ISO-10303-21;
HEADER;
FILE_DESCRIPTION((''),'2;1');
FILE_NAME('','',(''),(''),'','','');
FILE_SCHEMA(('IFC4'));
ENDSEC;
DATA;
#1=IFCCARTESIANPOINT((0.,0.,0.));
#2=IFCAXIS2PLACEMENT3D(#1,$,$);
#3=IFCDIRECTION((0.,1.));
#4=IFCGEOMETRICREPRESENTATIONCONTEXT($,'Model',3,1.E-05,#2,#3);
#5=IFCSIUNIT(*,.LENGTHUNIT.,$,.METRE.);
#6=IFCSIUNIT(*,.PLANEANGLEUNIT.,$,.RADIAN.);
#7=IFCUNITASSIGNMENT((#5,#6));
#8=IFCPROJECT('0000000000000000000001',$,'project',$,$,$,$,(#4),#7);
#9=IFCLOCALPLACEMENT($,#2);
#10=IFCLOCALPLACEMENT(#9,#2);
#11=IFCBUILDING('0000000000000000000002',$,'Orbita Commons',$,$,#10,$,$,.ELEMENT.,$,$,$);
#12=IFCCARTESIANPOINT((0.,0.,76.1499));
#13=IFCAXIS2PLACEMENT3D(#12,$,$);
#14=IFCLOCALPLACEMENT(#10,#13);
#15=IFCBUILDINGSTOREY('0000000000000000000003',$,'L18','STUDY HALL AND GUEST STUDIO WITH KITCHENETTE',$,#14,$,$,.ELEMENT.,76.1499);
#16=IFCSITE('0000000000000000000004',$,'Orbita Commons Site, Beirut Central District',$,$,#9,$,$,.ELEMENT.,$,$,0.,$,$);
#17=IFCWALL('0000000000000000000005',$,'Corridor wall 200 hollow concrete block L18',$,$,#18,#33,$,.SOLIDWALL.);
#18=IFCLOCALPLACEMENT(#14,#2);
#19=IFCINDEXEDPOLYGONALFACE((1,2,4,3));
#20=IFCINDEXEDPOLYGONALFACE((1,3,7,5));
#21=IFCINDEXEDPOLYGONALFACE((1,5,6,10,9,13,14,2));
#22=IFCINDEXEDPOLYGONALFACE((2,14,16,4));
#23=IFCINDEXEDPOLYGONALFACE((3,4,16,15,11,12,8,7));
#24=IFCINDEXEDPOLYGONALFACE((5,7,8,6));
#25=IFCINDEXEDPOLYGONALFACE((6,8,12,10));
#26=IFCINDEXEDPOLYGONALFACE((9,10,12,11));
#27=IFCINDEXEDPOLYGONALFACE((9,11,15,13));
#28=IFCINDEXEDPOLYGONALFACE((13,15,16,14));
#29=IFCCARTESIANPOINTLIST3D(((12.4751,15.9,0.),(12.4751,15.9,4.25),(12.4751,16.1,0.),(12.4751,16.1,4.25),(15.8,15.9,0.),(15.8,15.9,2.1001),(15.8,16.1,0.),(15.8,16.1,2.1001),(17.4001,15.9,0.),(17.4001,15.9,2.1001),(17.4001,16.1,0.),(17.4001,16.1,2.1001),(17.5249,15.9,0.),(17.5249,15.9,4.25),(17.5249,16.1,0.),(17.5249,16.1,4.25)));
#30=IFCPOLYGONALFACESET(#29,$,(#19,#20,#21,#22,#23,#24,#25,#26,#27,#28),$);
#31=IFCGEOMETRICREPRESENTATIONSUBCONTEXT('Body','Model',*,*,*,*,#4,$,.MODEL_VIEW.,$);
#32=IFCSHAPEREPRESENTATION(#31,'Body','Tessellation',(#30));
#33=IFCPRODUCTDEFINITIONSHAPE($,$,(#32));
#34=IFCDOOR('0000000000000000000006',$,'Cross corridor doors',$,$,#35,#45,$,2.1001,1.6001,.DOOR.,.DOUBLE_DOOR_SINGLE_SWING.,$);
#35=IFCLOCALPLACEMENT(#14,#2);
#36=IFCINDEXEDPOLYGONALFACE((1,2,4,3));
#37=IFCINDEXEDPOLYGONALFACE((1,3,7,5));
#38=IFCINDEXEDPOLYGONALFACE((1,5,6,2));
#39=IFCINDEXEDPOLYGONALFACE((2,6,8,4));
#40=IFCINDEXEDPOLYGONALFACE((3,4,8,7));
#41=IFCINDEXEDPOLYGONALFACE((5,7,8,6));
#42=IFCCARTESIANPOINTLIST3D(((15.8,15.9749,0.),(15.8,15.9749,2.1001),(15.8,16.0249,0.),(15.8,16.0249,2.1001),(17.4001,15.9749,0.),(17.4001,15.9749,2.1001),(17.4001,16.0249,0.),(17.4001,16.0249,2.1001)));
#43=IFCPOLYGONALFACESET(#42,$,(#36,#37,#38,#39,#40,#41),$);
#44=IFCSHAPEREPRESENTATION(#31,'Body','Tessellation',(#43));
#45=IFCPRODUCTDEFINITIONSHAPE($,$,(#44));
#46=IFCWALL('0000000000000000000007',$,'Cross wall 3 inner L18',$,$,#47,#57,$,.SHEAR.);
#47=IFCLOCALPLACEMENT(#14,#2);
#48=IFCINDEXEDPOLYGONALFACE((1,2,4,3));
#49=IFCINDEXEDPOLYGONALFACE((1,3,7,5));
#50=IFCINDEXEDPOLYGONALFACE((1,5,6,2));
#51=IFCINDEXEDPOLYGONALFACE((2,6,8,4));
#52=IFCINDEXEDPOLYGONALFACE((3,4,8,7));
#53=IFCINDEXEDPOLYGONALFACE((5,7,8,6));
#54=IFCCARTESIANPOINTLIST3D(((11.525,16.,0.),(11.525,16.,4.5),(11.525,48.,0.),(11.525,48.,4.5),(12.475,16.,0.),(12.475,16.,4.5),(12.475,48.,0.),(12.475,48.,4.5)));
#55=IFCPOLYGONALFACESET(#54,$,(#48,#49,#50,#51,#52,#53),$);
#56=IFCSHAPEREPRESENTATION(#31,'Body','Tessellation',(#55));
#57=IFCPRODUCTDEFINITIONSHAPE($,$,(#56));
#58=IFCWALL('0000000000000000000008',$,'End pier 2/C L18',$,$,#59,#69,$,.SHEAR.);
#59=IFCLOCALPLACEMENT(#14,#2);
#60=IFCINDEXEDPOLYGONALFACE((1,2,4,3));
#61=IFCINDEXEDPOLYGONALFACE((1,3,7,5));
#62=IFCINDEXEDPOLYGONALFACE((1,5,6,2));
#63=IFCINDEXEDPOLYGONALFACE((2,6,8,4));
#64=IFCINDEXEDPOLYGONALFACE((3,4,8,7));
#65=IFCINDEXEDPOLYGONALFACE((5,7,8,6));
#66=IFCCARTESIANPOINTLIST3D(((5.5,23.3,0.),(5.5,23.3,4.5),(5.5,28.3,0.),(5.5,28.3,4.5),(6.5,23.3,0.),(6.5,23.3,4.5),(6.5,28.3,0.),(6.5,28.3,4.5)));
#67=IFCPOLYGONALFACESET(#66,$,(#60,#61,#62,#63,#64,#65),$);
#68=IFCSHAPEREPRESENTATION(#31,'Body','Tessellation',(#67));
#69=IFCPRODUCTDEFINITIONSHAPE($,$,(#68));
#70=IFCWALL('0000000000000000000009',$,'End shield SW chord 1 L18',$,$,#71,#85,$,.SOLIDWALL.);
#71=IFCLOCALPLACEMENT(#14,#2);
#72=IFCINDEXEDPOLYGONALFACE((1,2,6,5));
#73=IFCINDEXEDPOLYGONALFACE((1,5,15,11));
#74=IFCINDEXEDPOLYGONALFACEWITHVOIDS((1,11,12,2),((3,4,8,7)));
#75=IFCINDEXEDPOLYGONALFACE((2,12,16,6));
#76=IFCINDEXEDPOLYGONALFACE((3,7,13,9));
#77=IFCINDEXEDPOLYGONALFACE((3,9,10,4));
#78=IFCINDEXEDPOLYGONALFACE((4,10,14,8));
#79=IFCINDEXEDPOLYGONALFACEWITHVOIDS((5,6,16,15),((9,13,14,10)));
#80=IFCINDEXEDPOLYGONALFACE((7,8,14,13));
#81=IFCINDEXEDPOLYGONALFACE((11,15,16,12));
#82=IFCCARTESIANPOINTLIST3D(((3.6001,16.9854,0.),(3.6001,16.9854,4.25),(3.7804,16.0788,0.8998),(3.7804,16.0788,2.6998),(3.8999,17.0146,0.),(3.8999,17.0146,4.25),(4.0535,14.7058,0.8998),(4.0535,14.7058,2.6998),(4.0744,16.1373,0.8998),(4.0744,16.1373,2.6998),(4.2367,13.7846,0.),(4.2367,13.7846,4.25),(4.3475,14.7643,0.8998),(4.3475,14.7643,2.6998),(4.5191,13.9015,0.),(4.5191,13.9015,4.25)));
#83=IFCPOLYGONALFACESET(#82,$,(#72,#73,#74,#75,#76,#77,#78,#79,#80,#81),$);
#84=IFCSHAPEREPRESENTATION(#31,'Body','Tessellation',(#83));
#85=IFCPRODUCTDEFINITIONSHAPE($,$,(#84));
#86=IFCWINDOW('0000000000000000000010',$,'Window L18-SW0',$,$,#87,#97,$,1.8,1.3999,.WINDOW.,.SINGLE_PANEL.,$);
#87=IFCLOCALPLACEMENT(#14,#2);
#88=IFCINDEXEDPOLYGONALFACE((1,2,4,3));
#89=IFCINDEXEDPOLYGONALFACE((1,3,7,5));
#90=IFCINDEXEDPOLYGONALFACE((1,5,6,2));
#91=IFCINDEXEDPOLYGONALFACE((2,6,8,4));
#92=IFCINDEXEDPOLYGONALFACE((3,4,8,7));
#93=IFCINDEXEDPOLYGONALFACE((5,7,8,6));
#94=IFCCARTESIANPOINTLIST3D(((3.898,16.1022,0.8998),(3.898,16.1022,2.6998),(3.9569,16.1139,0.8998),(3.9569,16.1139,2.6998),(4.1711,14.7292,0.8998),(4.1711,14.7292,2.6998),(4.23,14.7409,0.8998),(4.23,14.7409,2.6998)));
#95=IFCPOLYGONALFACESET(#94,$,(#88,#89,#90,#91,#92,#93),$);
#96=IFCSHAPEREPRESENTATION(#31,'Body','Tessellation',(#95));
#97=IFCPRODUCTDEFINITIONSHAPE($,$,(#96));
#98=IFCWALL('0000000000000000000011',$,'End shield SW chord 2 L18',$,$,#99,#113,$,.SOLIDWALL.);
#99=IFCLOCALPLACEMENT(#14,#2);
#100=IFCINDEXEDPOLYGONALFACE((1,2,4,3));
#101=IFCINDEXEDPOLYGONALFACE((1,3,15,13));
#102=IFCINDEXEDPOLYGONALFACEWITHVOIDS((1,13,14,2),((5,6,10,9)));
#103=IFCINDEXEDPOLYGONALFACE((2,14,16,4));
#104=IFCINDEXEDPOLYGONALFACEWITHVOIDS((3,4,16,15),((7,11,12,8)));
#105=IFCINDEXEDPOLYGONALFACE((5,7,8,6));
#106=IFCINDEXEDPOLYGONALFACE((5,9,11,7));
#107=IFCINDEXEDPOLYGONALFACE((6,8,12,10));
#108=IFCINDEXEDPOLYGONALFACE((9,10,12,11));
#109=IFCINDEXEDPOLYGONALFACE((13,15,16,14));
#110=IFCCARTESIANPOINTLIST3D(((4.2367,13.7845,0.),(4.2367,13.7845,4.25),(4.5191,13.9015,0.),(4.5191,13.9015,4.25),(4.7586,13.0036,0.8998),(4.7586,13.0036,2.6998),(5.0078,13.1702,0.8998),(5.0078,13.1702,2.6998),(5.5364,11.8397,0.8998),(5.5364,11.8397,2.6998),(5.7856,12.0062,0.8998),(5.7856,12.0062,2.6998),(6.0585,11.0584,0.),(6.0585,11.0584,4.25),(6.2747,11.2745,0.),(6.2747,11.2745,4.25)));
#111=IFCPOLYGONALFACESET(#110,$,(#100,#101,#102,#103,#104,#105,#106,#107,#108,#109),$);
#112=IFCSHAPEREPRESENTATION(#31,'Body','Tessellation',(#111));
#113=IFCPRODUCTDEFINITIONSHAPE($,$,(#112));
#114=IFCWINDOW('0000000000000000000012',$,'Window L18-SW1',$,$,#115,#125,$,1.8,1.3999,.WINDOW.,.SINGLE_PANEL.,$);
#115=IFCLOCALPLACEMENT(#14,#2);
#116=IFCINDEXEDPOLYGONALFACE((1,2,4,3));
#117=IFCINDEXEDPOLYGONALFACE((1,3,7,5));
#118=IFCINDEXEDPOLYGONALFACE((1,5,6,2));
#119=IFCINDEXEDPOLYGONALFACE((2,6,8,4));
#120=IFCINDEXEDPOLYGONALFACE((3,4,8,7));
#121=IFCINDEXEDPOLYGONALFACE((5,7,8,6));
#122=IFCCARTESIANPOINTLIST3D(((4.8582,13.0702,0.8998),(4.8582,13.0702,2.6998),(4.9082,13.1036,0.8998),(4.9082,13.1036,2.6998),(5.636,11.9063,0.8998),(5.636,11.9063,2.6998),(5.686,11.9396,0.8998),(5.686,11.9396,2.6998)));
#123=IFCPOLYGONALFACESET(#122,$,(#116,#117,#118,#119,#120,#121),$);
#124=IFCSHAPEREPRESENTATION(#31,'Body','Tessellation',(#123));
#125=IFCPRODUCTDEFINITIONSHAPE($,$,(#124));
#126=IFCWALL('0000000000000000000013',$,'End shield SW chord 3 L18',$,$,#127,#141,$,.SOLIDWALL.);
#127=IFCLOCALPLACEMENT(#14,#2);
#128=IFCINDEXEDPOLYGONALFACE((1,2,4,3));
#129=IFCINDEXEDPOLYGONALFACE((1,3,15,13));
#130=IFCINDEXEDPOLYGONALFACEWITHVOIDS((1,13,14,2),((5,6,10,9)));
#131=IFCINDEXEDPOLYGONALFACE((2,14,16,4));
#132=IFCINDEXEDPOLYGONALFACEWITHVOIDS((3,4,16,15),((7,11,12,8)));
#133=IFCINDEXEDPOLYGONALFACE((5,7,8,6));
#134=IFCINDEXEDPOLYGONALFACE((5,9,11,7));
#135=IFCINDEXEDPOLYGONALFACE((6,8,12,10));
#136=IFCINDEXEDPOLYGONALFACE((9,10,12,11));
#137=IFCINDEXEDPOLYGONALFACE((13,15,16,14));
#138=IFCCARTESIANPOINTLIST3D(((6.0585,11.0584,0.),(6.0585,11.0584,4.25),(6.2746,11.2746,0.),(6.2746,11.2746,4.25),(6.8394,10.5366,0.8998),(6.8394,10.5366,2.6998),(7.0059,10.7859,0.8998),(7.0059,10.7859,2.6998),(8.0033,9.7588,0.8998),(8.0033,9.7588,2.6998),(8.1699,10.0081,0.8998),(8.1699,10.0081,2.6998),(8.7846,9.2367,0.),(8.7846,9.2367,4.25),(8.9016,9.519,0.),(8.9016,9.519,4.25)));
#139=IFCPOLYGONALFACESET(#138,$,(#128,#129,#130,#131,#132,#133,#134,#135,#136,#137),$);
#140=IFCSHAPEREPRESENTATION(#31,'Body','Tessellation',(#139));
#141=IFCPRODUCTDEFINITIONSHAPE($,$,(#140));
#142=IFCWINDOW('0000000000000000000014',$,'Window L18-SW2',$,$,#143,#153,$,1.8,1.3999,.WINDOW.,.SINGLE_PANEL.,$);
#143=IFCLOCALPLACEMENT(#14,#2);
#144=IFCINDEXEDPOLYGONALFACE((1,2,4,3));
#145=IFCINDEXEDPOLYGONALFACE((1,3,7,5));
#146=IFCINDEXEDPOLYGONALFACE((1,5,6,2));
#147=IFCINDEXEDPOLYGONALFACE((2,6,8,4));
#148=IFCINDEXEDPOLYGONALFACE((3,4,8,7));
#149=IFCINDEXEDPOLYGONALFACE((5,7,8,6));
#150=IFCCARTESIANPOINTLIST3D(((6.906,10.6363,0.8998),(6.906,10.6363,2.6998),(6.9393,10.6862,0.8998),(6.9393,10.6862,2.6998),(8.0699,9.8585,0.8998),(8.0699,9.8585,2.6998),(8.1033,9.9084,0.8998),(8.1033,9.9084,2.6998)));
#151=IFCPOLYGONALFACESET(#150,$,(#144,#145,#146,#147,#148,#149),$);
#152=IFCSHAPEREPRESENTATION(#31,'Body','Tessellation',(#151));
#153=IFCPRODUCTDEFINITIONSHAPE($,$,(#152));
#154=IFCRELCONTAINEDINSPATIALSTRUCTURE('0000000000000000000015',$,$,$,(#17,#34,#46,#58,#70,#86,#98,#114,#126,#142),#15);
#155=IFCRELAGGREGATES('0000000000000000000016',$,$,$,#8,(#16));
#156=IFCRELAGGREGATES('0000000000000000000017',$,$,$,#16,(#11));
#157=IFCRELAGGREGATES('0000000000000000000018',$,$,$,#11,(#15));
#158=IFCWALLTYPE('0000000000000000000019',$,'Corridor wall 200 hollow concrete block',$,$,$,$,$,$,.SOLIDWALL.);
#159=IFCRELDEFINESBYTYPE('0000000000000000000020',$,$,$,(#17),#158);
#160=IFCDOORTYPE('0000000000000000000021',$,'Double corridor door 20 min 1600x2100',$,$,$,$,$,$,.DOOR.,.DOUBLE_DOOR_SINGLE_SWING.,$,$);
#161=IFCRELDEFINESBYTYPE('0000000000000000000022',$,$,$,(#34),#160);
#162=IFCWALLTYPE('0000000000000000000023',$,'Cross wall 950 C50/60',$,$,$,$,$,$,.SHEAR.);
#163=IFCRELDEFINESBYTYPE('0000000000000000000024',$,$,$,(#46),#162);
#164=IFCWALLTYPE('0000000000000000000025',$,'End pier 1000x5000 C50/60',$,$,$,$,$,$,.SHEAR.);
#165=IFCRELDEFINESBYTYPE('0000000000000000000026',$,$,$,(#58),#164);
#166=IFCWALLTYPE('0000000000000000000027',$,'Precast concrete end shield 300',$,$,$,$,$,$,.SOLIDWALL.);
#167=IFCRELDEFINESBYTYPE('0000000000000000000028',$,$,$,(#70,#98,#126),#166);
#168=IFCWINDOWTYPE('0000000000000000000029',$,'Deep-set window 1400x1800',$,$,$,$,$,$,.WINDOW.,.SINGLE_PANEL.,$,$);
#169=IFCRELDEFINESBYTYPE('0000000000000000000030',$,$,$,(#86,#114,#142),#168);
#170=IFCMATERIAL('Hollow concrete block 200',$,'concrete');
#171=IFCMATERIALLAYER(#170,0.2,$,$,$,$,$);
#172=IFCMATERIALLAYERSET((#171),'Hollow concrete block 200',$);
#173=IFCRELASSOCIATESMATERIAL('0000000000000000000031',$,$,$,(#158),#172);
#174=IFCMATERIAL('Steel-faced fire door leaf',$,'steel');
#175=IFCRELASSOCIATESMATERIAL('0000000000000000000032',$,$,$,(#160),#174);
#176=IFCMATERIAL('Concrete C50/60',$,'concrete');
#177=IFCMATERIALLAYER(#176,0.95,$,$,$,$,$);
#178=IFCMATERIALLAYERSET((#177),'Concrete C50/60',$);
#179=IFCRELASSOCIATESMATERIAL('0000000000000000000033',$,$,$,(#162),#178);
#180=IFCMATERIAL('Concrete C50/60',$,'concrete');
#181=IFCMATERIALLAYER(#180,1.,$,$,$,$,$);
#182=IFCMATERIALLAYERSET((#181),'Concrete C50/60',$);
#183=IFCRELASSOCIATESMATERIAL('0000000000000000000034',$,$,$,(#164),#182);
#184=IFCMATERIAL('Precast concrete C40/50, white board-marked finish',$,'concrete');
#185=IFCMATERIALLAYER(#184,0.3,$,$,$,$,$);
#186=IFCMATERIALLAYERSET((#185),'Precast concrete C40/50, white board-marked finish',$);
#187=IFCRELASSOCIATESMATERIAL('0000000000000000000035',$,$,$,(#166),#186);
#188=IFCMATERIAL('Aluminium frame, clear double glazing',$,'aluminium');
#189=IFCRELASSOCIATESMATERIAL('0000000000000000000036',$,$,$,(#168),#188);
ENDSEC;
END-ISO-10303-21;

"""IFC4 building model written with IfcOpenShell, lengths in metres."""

from ifc_helpers import new_model, si_unit, direction, frame, frame_2d, origin, place, context, subcontext, project, spatial, polyline, rectangle, outline, extrude, material, layer, layer_set, type_object, element, fill, save


model = new_model("IFC4")

# Units and contexts
model_context = context("Model", 3, precision=1e-05, world=origin(), true_north=direction((0.0, 1.0)))
body_context = subcontext(model_context, "Body", "Model", "MODEL_VIEW")
ifc_project = project(units=[si_unit("LENGTHUNIT", "METRE"), si_unit("PLANEANGLEUNIT", "RADIAN")], contexts=[model_context])

# Site, building, storey
site_placement = place(None, origin())
site = spatial("IfcSite", under=ifc_project, at=site_placement, Name="Orbita Commons Site, Beirut Central District", CompositionType="ELEMENT", RefElevation=0.0)
building_placement = place(site_placement, origin())
building = spatial("IfcBuilding", under=site, at=building_placement, Name="Orbita Commons", CompositionType="ELEMENT")
storey_placement = place(building_placement, frame((0.0, 0.0, 76.1499)))
storey = spatial("IfcBuildingStorey", under=building, at=storey_placement, Name="L18", Description="STUDY HALL AND GUEST STUDIO WITH KITCHENETTE", CompositionType="ELEMENT", Elevation=76.1499)

# Wall, opening, door
ifc_material_1 = material(Name="Hollow concrete block 200", Category="concrete")
ifc_layer_1 = layer(ifc_material_1, 0.2)
ifc_layer_set_1 = layer_set([ifc_layer_1], Name="Hollow concrete block 200")
wall_type_1 = type_object("IfcWallType", Name="Corridor wall 200 hollow concrete block", PredefinedType="SOLIDWALL", material=ifc_layer_set_1)
wall_1_placement = place(storey_placement, frame((12.4751, 16.0, 0.0), z_axis=(0.0, 0.0, 1.0), x_axis=(1.0, 0.0, 0.0)))
wall_1 = element("IfcWall", 1, at=wall_1_placement, inside=storey, type_object=wall_type_1, Name="Corridor wall 200 hollow concrete block L18", PredefinedType="SOLIDWALL", context=body_context, shape_type="SweptSolid", body=[
    extrude(rectangle(XDim=5.0498, YDim=0.2, at=frame_2d((2.5249, 0.0))), origin(), (0.0, 0.0, 1.0), 4.25),
])
opening_1_placement = place(wall_1_placement, frame((3.325, 0.0, 0.0)))
opening_1 = element("IfcOpeningElement", 2, at=opening_1_placement, cuts=wall_1, PredefinedType="OPENING", context=body_context, shape_type="SweptSolid", body=[
    extrude(rectangle(XDim=1.6001, YDim=2.1001, at=frame_2d((0.8, 1.05))), frame((0.0, 0.1099, 0.0), z_axis=(0.0, -1.0, 0.0), x_axis=(1.0, 0.0, 0.0)), (0.0, 0.0, 1.0), 0.22),
])
ifc_material_2 = material(Name="Steel-faced fire door leaf", Category="steel")
door_type_1 = type_object("IfcDoorType", Name="Double corridor door 20 min 1600x2100", OperationType="DOUBLE_DOOR_SINGLE_SWING", PredefinedType="DOOR", material=ifc_material_2)
door_1_placement = place(opening_1_placement, origin())
door_1 = element("IfcDoor", 3, at=door_1_placement, inside=storey, type_object=door_type_1, Name="Cross corridor doors", OperationType="DOUBLE_DOOR_SINGLE_SWING", OverallHeight=2.1001, OverallWidth=1.6001, PredefinedType="DOOR", context=body_context, shape_type="SweptSolid", body=[
    extrude(rectangle(XDim=1.6001, YDim=2.1001, at=frame_2d((0.8, 1.05))), frame((0.0, 0.0249, 0.0), z_axis=(0.0, -1.0, 0.0), x_axis=(1.0, 0.0, 0.0)), (0.0, 0.0, 1.0), 0.05),
])
fill(opening_1, door_1)

# Walls
ifc_material_3 = material(Name="Concrete C50/60", Category="concrete")
ifc_layer_2 = layer(ifc_material_3, 0.95)
ifc_layer_set_2 = layer_set([ifc_layer_2], Name="Concrete C50/60")
wall_type_2 = type_object("IfcWallType", Name="Cross wall 950 C50/60", PredefinedType="SHEAR", material=ifc_layer_set_2)
wall_2_placement = place(storey_placement, frame((12.0, 16.0, 0.0), z_axis=(0.0, 0.0, 1.0), x_axis=(0.0, 1.0, 0.0)))
element("IfcWall", 4, at=wall_2_placement, inside=storey, type_object=wall_type_2, Name="Cross wall 3 inner L18", PredefinedType="SHEAR", context=body_context, shape_type="SweptSolid", body=[
    extrude(rectangle(XDim=32.0, YDim=0.95, at=frame_2d((16.0, 0.0))), origin(), (0.0, 0.0, 1.0), 4.5),
])
ifc_material_4 = material(Name="Concrete C50/60", Category="concrete")
ifc_layer_3 = layer(ifc_material_4, 1.0)
ifc_layer_set_3 = layer_set([ifc_layer_3], Name="Concrete C50/60")
wall_type_3 = type_object("IfcWallType", Name="End pier 1000x5000 C50/60", PredefinedType="SHEAR", material=ifc_layer_set_3)
wall_3_placement = place(storey_placement, frame((6.0, 23.3, 0.0), z_axis=(0.0, 0.0, 1.0), x_axis=(0.0, 1.0, 0.0)))
element("IfcWall", 5, at=wall_3_placement, inside=storey, type_object=wall_type_3, Name="End pier 2/C L18", PredefinedType="SHEAR", context=body_context, shape_type="SweptSolid", body=[
    extrude(rectangle(XDim=5.0, YDim=1.0, at=frame_2d((2.5, 0.0))), origin(), (0.0, 0.0, 1.0), 4.5),
])

# Walls, openings, windows
ifc_material_5 = material(Name="Precast concrete C40/50, white board-marked finish", Category="concrete")
ifc_layer_4 = layer(ifc_material_5, 0.3)
ifc_layer_set_4 = layer_set([ifc_layer_4], Name="Precast concrete C40/50, white board-marked finish")
wall_type_4 = type_object("IfcWallType", Name="Precast concrete end shield 300", PredefinedType="SOLIDWALL", material=ifc_layer_set_4)
wall_4_placement = place(storey_placement, frame((3.75, 17.0, 0.0), z_axis=(0.0, 0.0, 1.0), x_axis=(0.19508, -0.980787, 0.0)))
wall_4 = element("IfcWall", 6, at=wall_4_placement, inside=storey, type_object=wall_type_4, Name="End shield SW chord 1 L18", PredefinedType="SOLIDWALL", context=body_context, shape_type="SweptSolid", body=[
    extrude(outline(polyline([(-0.0149, -0.1499), (3.2485, -0.1499), (3.189, 0.1499), (0.0149, 0.1499), (-0.0149, -0.1499)])), origin(), (0.0, 0.0, 1.0), 4.25),
])
opening_2_placement = place(wall_4_placement, frame((0.9094, 0.0, 0.8999)))
opening_2 = element("IfcOpeningElement", 7, at=opening_2_placement, cuts=wall_4, PredefinedType="OPENING", context=body_context, shape_type="SweptSolid", body=[
    extrude(rectangle(XDim=1.3999, YDim=1.8, at=frame_2d((0.7, 0.8999))), frame((0.0, 0.1599, 0.0), z_axis=(0.0, -1.0, 0.0), x_axis=(1.0, 0.0, 0.0)), (0.0, 0.0, 1.0), 0.3201),
])
ifc_material_6 = material(Name="Aluminium frame, clear double glazing", Category="aluminium")
window_type = type_object("IfcWindowType", Name="Deep-set window 1400x1800", PartitioningType="SINGLE_PANEL", PredefinedType="WINDOW", material=ifc_material_6)
window_1_placement = place(opening_2_placement, origin())
window_1 = element("IfcWindow", 8, at=window_1_placement, inside=storey, type_object=window_type, Name="Window L18-SW0", OverallHeight=1.8, OverallWidth=1.3999, PartitioningType="SINGLE_PANEL", PredefinedType="WINDOW", context=body_context, shape_type="SweptSolid", body=[
    extrude(rectangle(XDim=1.3999, YDim=1.8, at=frame_2d((0.7, 0.8999))), frame((0.0, 0.03, 0.0), z_axis=(0.0, -1.0, 0.0), x_axis=(1.0, 0.0, 0.0)), (0.0, 0.0, 1.0), 0.0601),
])
fill(opening_2, window_1)
wall_5_placement = place(storey_placement, frame((4.3779, 13.843, 0.0), z_axis=(0.0, 0.0, 1.0), x_axis=(0.55561, -0.831443, 0.0)))
wall_5 = element("IfcWall", 9, at=wall_5_placement, inside=storey, type_object=wall_type_4, Name="End shield SW chord 2 L18", PredefinedType="SOLIDWALL", context=body_context, shape_type="SweptSolid", body=[
    extrude(outline(polyline([(-0.0298, -0.1499), (3.249, -0.1499), (3.1895, 0.1499), (0.0298, 0.1499), (-0.0298, -0.1499)])), origin(), (0.0, 0.0, 1.0), 4.25),
])
opening_3_placement = place(wall_5_placement, frame((0.9094, 0.0, 0.8999)))
opening_3 = element("IfcOpeningElement", 10, at=opening_3_placement, cuts=wall_5, PredefinedType="OPENING", context=body_context, shape_type="SweptSolid", body=[
    extrude(rectangle(XDim=1.3999, YDim=1.8, at=frame_2d((0.7, 0.8999))), frame((0.0, 0.1599, 0.0), z_axis=(0.0, -1.0, 0.0), x_axis=(1.0, 0.0, 0.0)), (0.0, 0.0, 1.0), 0.3201),
])
window_2_placement = place(opening_3_placement, origin())
window_2 = element("IfcWindow", 11, at=window_2_placement, inside=storey, type_object=window_type, Name="Window L18-SW1", OverallHeight=1.8, OverallWidth=1.3999, PartitioningType="SINGLE_PANEL", PredefinedType="WINDOW", context=body_context, shape_type="SweptSolid", body=[
    extrude(rectangle(XDim=1.3999, YDim=1.8, at=frame_2d((0.7, 0.8999))), frame((0.0, 0.03, 0.0), z_axis=(0.0, -1.0, 0.0), x_axis=(1.0, 0.0, 0.0)), (0.0, 0.0, 1.0), 0.0601),
])
fill(opening_3, window_2)
wall_6_placement = place(storey_placement, frame((6.1665, 11.1665, 0.0), z_axis=(0.0, 0.0, 1.0), x_axis=(0.831443, -0.55561, 0.0)))
wall_6 = element("IfcWall", 12, at=wall_6_placement, inside=storey, type_object=wall_type_4, Name="End shield SW chord 3 L18", PredefinedType="SOLIDWALL", context=body_context, shape_type="SweptSolid", body=[
    extrude(outline(polyline([(-0.0298, -0.1499), (3.249, -0.1499), (3.1895, 0.1499), (0.0298, 0.1499), (-0.0298, -0.1499)])), origin(), (0.0, 0.0, 1.0), 4.25),
])
opening_4_placement = place(wall_6_placement, frame((0.9094, 0.0, 0.8999)))
opening_4 = element("IfcOpeningElement", 13, at=opening_4_placement, cuts=wall_6, PredefinedType="OPENING", context=body_context, shape_type="SweptSolid", body=[
    extrude(rectangle(XDim=1.3999, YDim=1.8, at=frame_2d((0.7, 0.8999))), frame((0.0, 0.1599, 0.0), z_axis=(0.0, -1.0, 0.0), x_axis=(1.0, 0.0, 0.0)), (0.0, 0.0, 1.0), 0.3201),
])
window_3_placement = place(opening_4_placement, origin())
window_3 = element("IfcWindow", 14, at=window_3_placement, inside=storey, type_object=window_type, Name="Window L18-SW2", OverallHeight=1.8, OverallWidth=1.3999, PartitioningType="SINGLE_PANEL", PredefinedType="WINDOW", context=body_context, shape_type="SweptSolid", body=[
    extrude(rectangle(XDim=1.3999, YDim=1.8, at=frame_2d((0.7, 0.8999))), frame((0.0, 0.03, 0.0), z_axis=(0.0, -1.0, 0.0), x_axis=(1.0, 0.0, 0.0)), (0.0, 0.0, 1.0), 0.0601),
])
fill(opening_4, window_3)

save(model, "model.ifc")
